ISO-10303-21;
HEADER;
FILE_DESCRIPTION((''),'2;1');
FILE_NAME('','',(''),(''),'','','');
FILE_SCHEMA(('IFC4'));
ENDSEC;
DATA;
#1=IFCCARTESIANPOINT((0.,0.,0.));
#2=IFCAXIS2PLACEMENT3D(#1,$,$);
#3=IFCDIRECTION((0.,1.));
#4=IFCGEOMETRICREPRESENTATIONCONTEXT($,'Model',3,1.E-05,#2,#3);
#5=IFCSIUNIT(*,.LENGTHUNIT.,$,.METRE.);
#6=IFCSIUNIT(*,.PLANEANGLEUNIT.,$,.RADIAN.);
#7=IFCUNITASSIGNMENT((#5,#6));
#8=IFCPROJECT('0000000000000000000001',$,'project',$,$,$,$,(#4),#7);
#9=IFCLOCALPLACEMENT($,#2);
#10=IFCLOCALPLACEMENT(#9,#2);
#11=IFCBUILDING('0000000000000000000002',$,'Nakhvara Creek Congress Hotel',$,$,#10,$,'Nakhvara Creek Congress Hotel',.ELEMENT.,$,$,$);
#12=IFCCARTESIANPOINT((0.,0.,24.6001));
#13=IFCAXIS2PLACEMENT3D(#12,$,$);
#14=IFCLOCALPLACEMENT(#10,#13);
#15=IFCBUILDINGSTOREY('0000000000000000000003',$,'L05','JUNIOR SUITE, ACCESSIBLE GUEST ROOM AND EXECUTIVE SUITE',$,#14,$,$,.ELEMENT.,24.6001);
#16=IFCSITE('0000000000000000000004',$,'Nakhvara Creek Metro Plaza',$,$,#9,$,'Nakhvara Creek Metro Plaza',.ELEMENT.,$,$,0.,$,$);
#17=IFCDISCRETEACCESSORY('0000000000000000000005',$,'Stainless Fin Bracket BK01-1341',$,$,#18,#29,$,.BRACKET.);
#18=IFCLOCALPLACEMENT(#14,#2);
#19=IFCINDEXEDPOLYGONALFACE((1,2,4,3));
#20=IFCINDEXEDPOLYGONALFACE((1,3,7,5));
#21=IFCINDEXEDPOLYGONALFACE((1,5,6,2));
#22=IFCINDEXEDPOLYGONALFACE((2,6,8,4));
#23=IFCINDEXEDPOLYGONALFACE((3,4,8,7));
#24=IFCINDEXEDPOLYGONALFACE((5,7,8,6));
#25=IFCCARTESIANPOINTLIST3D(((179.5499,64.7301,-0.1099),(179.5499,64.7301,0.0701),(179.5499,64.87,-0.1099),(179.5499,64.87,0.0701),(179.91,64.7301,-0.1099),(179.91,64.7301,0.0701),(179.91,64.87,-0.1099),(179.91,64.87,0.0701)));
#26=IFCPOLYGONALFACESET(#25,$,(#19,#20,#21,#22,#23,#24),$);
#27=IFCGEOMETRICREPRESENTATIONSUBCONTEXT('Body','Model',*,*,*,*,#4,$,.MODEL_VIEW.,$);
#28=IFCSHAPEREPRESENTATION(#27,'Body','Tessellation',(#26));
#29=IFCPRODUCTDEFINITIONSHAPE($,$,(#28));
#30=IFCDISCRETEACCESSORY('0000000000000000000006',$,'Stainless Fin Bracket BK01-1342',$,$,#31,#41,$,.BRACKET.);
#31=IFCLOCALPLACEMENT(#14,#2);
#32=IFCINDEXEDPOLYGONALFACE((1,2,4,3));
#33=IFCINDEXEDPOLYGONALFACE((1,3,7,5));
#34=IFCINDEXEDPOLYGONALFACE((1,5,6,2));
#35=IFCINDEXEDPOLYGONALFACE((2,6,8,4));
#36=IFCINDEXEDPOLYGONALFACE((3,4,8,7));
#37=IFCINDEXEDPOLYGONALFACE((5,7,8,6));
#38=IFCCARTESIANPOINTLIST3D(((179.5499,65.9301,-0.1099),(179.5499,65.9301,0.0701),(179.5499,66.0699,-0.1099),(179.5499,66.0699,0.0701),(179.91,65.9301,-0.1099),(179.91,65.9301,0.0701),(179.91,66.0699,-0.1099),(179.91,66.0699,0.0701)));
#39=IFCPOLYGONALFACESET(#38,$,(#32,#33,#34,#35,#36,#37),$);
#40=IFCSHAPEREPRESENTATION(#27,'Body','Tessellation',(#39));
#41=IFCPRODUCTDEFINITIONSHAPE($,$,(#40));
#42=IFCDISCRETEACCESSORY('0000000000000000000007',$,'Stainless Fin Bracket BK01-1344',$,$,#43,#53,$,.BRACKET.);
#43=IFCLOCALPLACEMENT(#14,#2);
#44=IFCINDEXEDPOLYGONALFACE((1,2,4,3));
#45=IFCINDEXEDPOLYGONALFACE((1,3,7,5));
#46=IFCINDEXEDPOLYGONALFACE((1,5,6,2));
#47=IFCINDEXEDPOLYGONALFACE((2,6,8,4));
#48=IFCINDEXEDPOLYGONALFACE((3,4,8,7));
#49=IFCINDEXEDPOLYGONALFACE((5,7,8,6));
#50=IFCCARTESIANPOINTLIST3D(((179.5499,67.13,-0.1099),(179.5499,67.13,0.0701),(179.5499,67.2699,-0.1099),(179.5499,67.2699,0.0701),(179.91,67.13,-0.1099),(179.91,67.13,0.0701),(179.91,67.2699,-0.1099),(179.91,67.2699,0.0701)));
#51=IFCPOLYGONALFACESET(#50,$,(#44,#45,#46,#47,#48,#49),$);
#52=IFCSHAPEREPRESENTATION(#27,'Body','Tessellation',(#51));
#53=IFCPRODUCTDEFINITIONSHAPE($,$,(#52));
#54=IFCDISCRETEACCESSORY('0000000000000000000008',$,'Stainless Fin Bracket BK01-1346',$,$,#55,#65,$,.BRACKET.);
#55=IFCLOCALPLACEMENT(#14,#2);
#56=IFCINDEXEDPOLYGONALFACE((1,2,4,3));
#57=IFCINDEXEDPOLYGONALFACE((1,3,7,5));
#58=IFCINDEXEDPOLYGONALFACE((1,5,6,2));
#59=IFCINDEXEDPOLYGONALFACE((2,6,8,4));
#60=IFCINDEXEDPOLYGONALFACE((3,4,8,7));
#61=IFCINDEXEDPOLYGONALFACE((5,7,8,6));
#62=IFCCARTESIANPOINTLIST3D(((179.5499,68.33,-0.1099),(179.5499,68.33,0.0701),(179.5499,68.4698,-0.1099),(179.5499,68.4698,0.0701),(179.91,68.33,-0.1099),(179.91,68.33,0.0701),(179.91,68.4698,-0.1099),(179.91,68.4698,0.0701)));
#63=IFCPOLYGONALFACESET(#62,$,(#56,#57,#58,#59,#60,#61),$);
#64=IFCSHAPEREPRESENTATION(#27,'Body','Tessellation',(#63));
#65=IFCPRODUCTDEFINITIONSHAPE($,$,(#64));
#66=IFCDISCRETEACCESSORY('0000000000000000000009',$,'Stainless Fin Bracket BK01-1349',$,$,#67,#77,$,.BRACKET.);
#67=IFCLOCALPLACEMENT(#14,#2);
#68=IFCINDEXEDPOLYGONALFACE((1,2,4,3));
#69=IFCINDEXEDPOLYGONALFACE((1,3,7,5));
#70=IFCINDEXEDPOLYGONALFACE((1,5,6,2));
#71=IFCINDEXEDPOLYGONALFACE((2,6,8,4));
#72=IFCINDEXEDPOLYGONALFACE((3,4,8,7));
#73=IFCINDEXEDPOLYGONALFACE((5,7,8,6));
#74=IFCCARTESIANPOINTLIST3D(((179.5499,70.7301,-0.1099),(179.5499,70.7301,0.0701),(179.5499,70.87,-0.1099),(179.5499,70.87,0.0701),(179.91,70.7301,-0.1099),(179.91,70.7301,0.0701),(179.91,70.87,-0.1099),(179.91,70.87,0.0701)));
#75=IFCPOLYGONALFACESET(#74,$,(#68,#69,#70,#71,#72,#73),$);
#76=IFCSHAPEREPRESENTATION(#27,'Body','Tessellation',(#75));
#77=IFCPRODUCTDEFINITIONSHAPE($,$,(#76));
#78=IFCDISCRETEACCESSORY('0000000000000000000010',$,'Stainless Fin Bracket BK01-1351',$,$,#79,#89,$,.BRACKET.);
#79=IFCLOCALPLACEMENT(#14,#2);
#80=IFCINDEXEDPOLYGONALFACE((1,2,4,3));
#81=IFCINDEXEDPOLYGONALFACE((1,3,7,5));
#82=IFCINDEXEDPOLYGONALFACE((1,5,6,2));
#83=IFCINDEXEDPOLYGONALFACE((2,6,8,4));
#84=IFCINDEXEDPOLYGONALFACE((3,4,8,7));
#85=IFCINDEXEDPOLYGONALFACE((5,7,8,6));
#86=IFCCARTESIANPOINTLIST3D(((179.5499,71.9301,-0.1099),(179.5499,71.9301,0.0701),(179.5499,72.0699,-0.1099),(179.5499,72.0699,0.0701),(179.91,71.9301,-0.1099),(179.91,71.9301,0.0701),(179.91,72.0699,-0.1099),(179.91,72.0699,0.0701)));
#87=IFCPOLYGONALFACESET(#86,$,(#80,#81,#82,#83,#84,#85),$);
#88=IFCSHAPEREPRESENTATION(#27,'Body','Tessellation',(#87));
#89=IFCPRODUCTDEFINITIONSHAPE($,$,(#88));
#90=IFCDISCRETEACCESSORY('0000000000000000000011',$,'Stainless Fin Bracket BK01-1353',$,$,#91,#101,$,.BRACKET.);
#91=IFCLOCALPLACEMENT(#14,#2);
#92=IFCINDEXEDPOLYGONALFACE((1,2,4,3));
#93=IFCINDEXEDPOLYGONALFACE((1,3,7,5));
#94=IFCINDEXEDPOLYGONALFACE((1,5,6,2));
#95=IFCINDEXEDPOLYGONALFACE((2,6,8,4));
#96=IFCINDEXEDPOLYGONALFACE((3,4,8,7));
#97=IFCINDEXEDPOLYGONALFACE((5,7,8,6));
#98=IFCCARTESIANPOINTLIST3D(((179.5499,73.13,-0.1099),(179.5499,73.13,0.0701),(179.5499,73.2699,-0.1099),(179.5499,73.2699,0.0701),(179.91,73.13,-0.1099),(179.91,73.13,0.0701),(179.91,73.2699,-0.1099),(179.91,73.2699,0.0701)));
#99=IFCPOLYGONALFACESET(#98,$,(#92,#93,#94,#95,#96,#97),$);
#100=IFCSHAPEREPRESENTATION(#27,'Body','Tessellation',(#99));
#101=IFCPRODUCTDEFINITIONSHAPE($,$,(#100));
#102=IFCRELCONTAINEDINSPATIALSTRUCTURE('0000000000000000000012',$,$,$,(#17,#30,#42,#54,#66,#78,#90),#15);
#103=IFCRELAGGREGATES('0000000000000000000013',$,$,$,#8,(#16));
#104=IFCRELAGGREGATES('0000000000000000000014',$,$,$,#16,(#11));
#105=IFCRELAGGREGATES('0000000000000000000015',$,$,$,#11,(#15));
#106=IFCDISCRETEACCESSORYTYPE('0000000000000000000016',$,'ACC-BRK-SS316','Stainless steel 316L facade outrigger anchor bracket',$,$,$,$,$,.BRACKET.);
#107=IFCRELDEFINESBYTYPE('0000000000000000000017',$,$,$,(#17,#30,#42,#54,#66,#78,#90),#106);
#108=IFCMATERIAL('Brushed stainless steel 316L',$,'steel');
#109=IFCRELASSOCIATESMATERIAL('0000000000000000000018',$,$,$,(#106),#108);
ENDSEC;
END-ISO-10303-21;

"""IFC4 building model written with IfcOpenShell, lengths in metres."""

from ifc_helpers import new_model, si_unit, direction, frame, origin, origin_2d, place, context, subcontext, project, spatial, rectangle, extrude, material, type_object, element, save


model = new_model("IFC4")

# Units and contexts
model_context = context("Model", 3, precision=1e-05, world=origin(), true_north=direction((0.0, 1.0)))
body_context = subcontext(model_context, "Body", "Model", "MODEL_VIEW")
ifc_project = project(units=[si_unit("LENGTHUNIT", "METRE"), si_unit("PLANEANGLEUNIT", "RADIAN")], contexts=[model_context])

# Site, building, storey
site_placement = place(None, origin())
site = spatial("IfcSite", under=ifc_project, at=site_placement, Name="Nakhvara Creek Metro Plaza", LongName="Nakhvara Creek Metro Plaza", CompositionType="ELEMENT", RefElevation=0.0)
building_placement = place(site_placement, origin())
building = spatial("IfcBuilding", under=site, at=building_placement, Name="Nakhvara Creek Congress Hotel", LongName="Nakhvara Creek Congress Hotel", CompositionType="ELEMENT")
storey_placement = place(building_placement, frame((0.0, 0.0, 24.6001)))
storey = spatial("IfcBuildingStorey", under=building, at=storey_placement, Name="L05", Description="JUNIOR SUITE, ACCESSIBLE GUEST ROOM AND EXECUTIVE SUITE", CompositionType="ELEMENT", Elevation=24.6001)

# Discrete accessories
ifc_material_1 = material(Name="Brushed stainless steel 316L", Category="steel")
discrete_accessory_type = type_object("IfcDiscreteAccessoryType", Name="ACC-BRK-SS316", Description="Stainless steel 316L facade outrigger anchor bracket", PredefinedType="BRACKET", material=ifc_material_1)
for number, where, z_axis, x_axis, name in (
    (1, (179.73, 64.8, -0.1099), (0.0, 0.0, 1.0), (0.0, 1.0, 0.0), "Stainless Fin Bracket BK01-1341"),
    (2, (179.73, 66.0, -0.1099), (0.0, 0.0, 1.0), (0.0, 1.0, 0.0), "Stainless Fin Bracket BK01-1342"),
    (3, (179.73, 67.2, -0.1099), (0.0, 0.0, 1.0), (0.0, 1.0, 0.0), "Stainless Fin Bracket BK01-1344"),
    (4, (179.73, 68.3999, -0.1099), (0.0, 0.0, 1.0), (0.0, 1.0, 0.0), "Stainless Fin Bracket BK01-1346"),
    (5, (179.73, 70.8, -0.1099), (0.0, 0.0, 1.0), (0.0, 1.0, 0.0), "Stainless Fin Bracket BK01-1349"),
    (6, (179.73, 72.0, -0.1099), (0.0, 0.0, 1.0), (0.0, 1.0, 0.0), "Stainless Fin Bracket BK01-1351"),
    (7, (179.73, 73.2, -0.1099), (0.0, 0.0, 1.0), (0.0, 1.0, 0.0), "Stainless Fin Bracket BK01-1353"),
):
    element("IfcDiscreteAccessory", number, at=place(storey_placement, frame(where, z_axis=z_axis, x_axis=x_axis)), inside=storey, type_object=discrete_accessory_type, Name=name, PredefinedType="BRACKET", context=body_context, shape_type="SweptSolid", body=[
        extrude(rectangle(XDim=0.1399, YDim=0.3601, at=origin_2d()), origin(), (0.0, 0.0, 1.0), 0.1799),
    ])

save(model, "model.ifc")
